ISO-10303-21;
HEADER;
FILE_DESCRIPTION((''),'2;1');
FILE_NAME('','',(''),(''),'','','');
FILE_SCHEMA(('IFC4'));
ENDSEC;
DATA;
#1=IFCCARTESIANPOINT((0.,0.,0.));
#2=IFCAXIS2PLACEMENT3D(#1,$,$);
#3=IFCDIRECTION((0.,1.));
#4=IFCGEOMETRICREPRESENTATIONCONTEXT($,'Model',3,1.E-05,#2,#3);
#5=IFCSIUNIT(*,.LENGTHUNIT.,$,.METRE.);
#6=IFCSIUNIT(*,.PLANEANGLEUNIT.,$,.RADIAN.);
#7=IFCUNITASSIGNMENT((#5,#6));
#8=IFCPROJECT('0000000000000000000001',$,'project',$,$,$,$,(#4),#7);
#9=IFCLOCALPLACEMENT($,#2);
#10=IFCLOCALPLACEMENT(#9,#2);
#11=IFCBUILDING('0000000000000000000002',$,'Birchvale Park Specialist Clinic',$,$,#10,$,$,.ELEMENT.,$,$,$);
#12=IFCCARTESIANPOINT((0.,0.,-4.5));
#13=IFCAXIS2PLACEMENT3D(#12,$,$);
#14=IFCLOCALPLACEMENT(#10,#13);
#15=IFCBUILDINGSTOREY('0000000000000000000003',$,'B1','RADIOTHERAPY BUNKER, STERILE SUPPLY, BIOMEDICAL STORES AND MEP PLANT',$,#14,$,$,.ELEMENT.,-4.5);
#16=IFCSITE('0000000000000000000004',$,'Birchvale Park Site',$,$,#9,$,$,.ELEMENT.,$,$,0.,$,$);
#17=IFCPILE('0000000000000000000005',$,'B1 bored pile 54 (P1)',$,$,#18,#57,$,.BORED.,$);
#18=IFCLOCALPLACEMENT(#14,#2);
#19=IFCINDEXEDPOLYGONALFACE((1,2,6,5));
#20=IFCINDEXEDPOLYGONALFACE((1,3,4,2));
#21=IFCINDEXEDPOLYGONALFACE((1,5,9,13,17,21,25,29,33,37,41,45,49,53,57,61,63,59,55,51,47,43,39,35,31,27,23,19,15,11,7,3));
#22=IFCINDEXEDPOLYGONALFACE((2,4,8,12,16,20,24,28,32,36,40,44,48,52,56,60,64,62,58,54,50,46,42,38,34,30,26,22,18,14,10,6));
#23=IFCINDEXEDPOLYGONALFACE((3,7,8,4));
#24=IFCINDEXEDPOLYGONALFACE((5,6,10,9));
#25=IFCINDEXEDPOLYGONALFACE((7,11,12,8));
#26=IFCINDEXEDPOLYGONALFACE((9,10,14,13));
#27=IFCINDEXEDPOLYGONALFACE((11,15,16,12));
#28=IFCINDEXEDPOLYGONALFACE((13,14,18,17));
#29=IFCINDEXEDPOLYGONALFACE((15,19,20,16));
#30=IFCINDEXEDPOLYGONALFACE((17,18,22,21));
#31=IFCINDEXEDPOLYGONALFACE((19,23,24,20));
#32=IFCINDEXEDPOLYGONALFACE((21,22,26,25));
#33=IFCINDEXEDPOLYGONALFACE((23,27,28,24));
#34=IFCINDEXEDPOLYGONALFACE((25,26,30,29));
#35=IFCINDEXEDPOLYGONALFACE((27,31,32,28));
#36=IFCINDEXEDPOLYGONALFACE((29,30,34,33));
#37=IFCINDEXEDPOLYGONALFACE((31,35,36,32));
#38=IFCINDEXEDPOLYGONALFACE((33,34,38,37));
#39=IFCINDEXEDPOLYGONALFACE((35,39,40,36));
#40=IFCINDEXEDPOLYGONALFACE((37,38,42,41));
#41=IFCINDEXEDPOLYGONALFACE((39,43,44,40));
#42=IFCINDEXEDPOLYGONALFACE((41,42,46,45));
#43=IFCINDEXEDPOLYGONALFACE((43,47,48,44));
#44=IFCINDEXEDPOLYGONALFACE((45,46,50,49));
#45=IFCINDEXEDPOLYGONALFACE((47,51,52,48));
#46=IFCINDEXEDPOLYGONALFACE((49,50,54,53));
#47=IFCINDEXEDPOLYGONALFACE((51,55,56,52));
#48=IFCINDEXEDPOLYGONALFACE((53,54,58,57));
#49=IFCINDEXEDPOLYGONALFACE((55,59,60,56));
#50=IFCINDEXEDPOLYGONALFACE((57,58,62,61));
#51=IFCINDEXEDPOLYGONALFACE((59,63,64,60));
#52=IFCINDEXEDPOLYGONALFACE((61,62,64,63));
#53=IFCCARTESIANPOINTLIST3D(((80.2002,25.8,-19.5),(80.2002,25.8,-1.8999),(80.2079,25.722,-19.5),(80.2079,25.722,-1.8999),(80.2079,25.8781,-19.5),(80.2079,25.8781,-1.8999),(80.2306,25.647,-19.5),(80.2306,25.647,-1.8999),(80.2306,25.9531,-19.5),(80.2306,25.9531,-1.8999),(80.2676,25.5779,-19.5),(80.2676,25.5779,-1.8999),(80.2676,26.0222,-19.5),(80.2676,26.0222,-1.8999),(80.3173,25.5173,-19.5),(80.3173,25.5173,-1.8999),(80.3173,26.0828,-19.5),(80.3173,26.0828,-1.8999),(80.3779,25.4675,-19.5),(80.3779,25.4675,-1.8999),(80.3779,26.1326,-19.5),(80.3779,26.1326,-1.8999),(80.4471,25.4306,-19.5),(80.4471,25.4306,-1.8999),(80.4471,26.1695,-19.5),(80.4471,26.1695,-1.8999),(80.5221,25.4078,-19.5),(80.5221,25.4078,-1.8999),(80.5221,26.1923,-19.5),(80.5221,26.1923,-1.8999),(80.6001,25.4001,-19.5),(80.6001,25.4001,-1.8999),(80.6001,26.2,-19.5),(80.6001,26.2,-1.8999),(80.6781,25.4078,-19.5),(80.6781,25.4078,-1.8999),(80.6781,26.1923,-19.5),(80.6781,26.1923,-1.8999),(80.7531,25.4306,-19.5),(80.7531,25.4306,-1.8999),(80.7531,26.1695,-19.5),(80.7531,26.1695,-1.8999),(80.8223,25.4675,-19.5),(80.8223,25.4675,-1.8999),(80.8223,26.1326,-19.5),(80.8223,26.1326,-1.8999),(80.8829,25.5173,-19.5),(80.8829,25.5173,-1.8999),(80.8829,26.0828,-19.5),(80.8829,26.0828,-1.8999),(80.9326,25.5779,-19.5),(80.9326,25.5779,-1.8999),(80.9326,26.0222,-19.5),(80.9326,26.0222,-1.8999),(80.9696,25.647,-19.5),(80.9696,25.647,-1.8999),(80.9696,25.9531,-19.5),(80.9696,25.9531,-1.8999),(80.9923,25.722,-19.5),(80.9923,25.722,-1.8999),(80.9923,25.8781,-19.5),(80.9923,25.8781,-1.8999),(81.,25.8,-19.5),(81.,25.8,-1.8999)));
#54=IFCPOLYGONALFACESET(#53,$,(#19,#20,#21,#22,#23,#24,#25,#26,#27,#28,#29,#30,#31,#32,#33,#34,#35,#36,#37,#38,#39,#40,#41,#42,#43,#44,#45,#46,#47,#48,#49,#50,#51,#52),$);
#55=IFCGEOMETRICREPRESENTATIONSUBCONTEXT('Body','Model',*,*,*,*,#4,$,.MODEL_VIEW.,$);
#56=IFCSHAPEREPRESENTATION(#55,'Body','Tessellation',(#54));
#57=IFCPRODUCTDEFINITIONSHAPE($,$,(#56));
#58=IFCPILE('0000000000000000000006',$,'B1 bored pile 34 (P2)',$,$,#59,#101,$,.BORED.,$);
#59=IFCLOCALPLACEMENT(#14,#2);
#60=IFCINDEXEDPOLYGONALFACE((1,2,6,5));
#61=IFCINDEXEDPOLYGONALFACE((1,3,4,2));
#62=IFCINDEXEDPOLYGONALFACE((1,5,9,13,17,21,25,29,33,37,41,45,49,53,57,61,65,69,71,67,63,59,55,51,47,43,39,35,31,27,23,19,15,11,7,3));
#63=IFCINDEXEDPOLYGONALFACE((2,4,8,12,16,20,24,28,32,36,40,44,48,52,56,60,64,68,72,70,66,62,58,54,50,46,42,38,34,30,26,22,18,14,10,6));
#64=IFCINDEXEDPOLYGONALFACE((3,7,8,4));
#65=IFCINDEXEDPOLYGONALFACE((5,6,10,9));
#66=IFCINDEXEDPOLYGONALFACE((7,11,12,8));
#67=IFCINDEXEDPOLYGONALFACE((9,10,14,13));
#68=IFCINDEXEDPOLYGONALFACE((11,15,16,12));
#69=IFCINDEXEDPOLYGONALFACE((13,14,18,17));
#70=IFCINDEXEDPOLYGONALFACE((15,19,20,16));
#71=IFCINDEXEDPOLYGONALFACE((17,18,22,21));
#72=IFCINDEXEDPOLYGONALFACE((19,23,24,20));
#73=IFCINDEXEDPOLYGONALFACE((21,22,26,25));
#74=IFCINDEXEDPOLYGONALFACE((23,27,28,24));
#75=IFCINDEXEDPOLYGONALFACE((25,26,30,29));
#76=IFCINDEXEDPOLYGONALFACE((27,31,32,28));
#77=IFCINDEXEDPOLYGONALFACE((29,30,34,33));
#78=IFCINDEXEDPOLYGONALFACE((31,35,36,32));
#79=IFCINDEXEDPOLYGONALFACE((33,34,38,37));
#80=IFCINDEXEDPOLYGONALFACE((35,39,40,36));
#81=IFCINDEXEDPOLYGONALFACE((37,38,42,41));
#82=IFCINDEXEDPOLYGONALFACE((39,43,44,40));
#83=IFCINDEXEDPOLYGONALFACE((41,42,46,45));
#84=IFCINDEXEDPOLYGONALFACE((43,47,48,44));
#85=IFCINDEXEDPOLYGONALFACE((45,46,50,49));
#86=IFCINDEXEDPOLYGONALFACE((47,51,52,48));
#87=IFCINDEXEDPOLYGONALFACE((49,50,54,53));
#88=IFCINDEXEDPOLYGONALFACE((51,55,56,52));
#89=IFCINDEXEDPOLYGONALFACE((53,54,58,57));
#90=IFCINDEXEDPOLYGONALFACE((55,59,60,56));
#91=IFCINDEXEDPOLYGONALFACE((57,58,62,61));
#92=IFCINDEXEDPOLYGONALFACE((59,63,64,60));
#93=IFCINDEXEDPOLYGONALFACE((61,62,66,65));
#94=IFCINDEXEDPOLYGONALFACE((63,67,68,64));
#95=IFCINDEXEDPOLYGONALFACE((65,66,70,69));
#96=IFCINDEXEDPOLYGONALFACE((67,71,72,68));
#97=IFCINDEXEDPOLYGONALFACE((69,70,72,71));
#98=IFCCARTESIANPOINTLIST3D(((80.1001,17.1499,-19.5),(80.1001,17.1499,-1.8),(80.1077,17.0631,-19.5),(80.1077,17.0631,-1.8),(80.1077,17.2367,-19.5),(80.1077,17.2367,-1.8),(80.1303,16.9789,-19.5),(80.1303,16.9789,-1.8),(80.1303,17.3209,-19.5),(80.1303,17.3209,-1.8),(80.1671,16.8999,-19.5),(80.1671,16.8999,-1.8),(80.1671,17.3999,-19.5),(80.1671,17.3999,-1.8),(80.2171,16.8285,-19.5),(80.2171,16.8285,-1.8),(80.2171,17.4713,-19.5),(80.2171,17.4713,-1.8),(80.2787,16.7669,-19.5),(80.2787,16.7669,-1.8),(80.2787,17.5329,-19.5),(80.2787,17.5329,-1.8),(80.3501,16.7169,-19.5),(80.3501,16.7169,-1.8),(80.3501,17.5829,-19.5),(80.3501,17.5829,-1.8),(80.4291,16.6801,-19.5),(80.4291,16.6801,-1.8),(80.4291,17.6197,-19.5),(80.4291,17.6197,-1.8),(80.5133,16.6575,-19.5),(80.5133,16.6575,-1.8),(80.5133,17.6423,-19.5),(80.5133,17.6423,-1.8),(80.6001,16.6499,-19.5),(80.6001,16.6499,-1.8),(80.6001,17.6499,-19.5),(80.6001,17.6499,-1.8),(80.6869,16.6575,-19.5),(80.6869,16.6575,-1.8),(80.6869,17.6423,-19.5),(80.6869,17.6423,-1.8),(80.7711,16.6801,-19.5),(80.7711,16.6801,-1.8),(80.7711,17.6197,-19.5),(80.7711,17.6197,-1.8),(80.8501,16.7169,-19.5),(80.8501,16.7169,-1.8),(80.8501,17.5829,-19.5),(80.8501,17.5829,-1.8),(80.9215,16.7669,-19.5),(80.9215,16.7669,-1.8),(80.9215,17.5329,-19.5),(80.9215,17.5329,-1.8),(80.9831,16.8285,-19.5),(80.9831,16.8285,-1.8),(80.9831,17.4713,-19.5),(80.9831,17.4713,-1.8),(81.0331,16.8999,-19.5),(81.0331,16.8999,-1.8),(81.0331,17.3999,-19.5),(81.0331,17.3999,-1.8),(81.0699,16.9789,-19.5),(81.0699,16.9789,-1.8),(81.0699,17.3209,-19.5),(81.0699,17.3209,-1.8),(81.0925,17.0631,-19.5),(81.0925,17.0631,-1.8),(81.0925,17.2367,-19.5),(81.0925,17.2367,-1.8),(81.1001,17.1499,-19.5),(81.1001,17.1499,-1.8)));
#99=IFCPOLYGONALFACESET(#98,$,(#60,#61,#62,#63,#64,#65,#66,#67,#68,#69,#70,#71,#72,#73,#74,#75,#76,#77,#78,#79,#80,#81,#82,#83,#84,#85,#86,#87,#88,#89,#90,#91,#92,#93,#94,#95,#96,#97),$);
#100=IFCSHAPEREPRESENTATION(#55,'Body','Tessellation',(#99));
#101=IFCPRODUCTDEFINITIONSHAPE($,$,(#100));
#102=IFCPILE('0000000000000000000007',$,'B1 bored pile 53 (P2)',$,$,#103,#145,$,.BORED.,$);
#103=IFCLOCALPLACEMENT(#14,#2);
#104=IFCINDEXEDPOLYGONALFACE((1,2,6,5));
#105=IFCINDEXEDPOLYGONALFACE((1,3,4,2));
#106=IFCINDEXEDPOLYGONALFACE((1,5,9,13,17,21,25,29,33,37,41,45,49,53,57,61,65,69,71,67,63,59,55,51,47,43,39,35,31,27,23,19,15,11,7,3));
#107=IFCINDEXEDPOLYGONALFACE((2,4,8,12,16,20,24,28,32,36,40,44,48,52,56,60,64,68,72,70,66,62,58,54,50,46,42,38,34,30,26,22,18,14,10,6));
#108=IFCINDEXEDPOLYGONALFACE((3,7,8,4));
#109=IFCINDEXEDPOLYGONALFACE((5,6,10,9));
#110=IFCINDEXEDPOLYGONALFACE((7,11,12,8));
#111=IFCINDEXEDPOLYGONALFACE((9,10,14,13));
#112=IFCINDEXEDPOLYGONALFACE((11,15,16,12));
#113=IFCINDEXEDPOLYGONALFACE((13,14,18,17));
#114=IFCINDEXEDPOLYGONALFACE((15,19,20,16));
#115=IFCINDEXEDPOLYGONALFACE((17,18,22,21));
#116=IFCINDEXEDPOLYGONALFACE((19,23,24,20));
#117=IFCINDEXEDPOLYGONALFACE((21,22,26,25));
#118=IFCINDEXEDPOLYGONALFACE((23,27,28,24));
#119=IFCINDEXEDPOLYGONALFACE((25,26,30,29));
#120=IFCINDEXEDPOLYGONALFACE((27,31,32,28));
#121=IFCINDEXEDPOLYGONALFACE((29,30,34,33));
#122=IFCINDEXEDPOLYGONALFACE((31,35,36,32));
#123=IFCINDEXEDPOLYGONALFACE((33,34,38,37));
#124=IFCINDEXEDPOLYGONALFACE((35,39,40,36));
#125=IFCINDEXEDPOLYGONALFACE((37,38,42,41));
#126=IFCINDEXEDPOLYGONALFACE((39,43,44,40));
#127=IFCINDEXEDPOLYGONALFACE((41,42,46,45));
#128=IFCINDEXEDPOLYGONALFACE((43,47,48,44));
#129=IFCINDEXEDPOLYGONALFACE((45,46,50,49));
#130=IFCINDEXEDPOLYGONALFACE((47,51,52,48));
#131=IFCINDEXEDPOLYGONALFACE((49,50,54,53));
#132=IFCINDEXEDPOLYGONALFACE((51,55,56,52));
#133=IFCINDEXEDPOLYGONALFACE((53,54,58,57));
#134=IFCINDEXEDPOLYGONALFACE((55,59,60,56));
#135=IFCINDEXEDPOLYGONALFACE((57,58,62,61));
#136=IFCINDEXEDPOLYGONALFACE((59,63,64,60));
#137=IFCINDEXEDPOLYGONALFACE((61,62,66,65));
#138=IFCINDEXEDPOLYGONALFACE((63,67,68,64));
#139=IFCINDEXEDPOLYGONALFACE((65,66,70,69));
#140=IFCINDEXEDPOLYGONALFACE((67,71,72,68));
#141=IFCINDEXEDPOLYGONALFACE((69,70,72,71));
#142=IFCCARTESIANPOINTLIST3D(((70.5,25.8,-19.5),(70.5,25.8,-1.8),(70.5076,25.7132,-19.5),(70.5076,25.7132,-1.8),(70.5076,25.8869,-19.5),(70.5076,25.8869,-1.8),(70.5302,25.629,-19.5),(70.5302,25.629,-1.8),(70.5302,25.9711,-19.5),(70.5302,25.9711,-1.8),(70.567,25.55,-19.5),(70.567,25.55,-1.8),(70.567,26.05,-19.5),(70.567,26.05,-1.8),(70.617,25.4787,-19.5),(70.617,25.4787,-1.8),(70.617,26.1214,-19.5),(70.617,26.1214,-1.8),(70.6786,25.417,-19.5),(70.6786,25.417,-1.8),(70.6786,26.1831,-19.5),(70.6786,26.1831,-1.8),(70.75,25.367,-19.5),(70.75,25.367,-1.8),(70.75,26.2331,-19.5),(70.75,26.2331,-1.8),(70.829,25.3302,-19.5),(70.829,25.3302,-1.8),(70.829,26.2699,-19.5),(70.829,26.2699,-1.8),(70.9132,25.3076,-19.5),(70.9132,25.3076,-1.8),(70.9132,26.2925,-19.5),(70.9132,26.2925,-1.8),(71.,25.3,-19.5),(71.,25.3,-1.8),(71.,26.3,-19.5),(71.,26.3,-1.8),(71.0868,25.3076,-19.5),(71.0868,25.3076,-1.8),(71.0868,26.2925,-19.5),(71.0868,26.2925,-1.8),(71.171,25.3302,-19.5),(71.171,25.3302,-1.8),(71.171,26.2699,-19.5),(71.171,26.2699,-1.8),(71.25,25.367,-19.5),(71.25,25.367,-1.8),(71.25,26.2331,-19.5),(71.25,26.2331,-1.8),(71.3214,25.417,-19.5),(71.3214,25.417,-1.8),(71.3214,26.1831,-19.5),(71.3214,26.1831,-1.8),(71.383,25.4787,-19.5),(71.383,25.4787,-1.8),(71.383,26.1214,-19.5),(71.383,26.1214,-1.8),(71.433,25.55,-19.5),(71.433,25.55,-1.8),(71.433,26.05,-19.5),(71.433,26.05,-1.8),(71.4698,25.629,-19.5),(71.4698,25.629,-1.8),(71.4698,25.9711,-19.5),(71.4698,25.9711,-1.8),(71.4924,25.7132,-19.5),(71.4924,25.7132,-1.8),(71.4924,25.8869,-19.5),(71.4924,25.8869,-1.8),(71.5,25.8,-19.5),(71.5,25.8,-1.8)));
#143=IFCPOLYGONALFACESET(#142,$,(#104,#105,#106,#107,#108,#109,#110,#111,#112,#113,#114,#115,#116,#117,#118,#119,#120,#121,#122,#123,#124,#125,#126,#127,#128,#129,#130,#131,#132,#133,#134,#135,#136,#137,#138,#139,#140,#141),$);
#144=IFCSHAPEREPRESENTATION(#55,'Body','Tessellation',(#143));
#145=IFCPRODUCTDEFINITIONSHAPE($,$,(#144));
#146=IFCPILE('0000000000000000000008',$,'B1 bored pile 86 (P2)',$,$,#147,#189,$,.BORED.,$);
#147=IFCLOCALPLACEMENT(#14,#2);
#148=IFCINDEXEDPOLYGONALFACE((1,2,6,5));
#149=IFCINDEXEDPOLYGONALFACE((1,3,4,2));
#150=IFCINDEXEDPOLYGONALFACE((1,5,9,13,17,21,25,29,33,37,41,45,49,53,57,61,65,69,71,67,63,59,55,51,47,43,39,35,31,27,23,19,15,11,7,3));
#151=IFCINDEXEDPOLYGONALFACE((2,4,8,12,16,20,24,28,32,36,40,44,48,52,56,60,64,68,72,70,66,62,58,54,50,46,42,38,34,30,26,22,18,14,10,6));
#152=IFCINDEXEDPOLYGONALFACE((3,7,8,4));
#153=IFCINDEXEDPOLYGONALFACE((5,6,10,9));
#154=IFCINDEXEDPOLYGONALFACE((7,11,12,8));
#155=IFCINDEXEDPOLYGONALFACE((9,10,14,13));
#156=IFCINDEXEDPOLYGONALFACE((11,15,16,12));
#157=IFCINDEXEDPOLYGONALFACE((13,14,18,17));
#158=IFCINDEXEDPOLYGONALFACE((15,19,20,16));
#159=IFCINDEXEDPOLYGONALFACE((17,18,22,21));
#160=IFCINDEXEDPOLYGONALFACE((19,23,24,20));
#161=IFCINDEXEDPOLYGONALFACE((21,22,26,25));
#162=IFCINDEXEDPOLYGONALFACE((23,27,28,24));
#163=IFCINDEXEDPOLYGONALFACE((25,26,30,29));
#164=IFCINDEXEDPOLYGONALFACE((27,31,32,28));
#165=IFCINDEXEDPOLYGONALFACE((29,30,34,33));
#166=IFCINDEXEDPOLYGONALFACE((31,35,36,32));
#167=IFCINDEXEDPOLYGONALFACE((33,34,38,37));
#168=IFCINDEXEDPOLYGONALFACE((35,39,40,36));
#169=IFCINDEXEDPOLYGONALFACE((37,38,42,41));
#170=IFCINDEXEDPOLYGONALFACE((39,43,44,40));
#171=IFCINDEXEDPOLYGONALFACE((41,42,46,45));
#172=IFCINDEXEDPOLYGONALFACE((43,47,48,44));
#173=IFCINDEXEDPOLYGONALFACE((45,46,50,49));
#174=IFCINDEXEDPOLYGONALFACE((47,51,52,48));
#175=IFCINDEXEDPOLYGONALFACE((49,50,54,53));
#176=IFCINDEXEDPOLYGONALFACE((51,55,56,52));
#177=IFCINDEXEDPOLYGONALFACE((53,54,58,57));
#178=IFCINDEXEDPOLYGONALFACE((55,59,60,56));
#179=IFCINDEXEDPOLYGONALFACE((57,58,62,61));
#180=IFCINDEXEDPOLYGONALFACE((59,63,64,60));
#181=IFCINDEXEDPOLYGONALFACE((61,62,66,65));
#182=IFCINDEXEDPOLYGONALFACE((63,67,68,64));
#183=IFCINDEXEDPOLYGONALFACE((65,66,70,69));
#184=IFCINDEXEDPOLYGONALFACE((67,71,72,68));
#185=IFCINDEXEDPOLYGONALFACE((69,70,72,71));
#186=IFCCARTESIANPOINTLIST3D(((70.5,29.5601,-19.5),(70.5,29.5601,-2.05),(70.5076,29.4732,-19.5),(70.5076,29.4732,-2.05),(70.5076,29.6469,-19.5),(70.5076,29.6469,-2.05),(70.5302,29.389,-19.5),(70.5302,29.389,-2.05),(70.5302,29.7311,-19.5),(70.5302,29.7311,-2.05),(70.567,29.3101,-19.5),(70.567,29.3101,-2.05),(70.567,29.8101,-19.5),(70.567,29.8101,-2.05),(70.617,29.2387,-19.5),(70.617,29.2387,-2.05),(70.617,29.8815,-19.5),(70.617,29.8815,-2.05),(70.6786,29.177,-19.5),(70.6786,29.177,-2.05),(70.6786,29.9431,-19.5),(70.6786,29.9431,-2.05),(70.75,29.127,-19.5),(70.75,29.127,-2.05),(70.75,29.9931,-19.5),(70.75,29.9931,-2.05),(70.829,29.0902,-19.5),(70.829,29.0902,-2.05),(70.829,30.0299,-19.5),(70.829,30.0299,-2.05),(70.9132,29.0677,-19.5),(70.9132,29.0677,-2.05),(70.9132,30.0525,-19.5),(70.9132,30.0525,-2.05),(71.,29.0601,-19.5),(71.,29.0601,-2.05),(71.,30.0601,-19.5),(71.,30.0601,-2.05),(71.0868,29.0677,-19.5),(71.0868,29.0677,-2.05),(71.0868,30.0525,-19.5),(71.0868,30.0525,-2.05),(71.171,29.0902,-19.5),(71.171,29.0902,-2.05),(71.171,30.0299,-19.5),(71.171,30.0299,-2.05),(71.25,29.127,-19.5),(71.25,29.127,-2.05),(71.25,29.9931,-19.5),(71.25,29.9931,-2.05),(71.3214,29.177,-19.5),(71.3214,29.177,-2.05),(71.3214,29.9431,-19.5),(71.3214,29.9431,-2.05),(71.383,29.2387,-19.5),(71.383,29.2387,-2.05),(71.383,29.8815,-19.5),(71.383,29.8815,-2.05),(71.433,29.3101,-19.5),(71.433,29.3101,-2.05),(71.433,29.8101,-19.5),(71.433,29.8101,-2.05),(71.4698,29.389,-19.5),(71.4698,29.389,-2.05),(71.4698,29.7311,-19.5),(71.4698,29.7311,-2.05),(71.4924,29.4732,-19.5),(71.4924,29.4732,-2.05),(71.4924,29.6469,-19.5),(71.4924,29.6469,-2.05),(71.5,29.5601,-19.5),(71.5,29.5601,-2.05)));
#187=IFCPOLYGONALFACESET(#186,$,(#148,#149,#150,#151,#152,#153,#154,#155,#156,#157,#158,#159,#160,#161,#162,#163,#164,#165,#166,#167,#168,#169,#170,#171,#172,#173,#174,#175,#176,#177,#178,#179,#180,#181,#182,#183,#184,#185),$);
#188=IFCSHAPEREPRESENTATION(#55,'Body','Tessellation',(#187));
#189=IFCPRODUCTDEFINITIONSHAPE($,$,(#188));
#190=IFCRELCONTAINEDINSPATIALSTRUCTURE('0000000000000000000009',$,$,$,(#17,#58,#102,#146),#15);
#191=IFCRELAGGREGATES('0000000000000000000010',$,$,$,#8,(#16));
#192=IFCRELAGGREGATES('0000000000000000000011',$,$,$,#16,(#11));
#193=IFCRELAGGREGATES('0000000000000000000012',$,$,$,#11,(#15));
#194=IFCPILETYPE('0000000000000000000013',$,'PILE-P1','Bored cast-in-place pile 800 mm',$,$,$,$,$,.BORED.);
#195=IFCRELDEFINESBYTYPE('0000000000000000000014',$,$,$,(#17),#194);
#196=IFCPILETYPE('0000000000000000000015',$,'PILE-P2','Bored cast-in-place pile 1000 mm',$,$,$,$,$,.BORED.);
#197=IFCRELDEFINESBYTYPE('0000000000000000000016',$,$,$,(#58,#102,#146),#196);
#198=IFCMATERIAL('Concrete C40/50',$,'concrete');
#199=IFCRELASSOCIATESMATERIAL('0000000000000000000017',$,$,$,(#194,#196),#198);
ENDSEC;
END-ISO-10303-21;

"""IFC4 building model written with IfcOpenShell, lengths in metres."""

from ifc_helpers import new_model, si_unit, direction, frame, origin, origin_2d, place, context, subcontext, project, spatial, circle, extrude, material, material_profile, profile_set, type_object, element, save


model = new_model("IFC4")

# Units and contexts
model_context = context("Model", 3, precision=1e-05, world=origin(), true_north=direction((0.0, 1.0)))
body_context = subcontext(model_context, "Body", "Model", "MODEL_VIEW")
ifc_project = project(units=[si_unit("LENGTHUNIT", "METRE"), si_unit("PLANEANGLEUNIT", "RADIAN")], contexts=[model_context])

# Site, building, storey
site_placement = place(None, origin())
site = spatial("IfcSite", under=ifc_project, at=site_placement, Name="Birchvale Park Site", CompositionType="ELEMENT", RefElevation=0.0)
building_placement = place(site_placement, origin())
building = spatial("IfcBuilding", under=site, at=building_placement, Name="Birchvale Park Specialist Clinic", CompositionType="ELEMENT")
storey_placement = place(building_placement, frame((0.0, 0.0, -4.5)))
storey = spatial("IfcBuildingStorey", under=building, at=storey_placement, Name="B1", Description="RADIOTHERAPY BUNKER, STERILE SUPPLY, BIOMEDICAL STORES AND MEP PLANT", CompositionType="ELEMENT", Elevation=-4.5)

# Shared definitions
ifc_material_1 = material(Name="Concrete C40/50", Category="concrete")

# Piles
ifc_material_profile_1 = material_profile(ifc_material_1, circle(Radius=0.3999, at=origin_2d()), Name="PILE-800")
ifc_profile_set_1 = profile_set([ifc_material_profile_1], Name="Concrete C40/50")
pile_type_1 = type_object("IfcPileType", Name="PILE-P1", Description="Bored cast-in-place pile 800 mm", PredefinedType="BORED", material=ifc_profile_set_1)
pile_placement = place(storey_placement, frame((80.6001, 25.8, -1.8999), z_axis=(0.0, 0.0, -1.0), x_axis=(1.0, 0.0, 0.0)))
element("IfcPile", 1, at=pile_placement, inside=storey, type_object=pile_type_1, Name="B1 bored pile 54 (P1)", PredefinedType="BORED", context=body_context, shape_type="SweptSolid", body=[
    extrude(circle(Radius=0.3999, at=origin_2d()), origin(), (0.0, 0.0, 1.0), 17.6001),
])
ifc_material_profile_2 = material_profile(ifc_material_1, circle(Radius=0.5, at=origin_2d()), Name="PILE-1000")
ifc_profile_set_2 = profile_set([ifc_material_profile_2], Name="Concrete C40/50")
pile_type_2 = type_object("IfcPileType", Name="PILE-P2", Description="Bored cast-in-place pile 1000 mm", PredefinedType="BORED", material=ifc_profile_set_2)
for number, where, z_axis, x_axis, name in (
    (2, (80.6001, 17.1499, -1.8), (0.0, 0.0, -1.0), (1.0, 0.0, 0.0), "B1 bored pile 34 (P2)"),
    (3, (71.0, 25.8, -1.8), (0.0, 0.0, -1.0), (1.0, 0.0, 0.0), "B1 bored pile 53 (P2)"),
):
    element("IfcPile", number, at=place(storey_placement, frame(where, z_axis=z_axis, x_axis=x_axis)), inside=storey, type_object=pile_type_2, Name=name, PredefinedType="BORED", context=body_context, shape_type="SweptSolid", body=[
        extrude(circle(Radius=0.5, at=origin_2d()), origin(), (0.0, 0.0, 1.0), 17.7),
    ])
for number, where, z_axis, x_axis, name in (
    (4, (71.0, 29.5601, -2.05), (0.0, 0.0, -1.0), (1.0, 0.0, 0.0), "B1 bored pile 86 (P2)"),
):
    element("IfcPile", number, at=place(storey_placement, frame(where, z_axis=z_axis, x_axis=x_axis)), inside=storey, type_object=pile_type_2, Name=name, PredefinedType="BORED", context=body_context, shape_type="SweptSolid", body=[
        extrude(circle(Radius=0.5, at=origin_2d()), origin(), (0.0, 0.0, 1.0), 17.45),
    ])

save(model, "model.ifc")
